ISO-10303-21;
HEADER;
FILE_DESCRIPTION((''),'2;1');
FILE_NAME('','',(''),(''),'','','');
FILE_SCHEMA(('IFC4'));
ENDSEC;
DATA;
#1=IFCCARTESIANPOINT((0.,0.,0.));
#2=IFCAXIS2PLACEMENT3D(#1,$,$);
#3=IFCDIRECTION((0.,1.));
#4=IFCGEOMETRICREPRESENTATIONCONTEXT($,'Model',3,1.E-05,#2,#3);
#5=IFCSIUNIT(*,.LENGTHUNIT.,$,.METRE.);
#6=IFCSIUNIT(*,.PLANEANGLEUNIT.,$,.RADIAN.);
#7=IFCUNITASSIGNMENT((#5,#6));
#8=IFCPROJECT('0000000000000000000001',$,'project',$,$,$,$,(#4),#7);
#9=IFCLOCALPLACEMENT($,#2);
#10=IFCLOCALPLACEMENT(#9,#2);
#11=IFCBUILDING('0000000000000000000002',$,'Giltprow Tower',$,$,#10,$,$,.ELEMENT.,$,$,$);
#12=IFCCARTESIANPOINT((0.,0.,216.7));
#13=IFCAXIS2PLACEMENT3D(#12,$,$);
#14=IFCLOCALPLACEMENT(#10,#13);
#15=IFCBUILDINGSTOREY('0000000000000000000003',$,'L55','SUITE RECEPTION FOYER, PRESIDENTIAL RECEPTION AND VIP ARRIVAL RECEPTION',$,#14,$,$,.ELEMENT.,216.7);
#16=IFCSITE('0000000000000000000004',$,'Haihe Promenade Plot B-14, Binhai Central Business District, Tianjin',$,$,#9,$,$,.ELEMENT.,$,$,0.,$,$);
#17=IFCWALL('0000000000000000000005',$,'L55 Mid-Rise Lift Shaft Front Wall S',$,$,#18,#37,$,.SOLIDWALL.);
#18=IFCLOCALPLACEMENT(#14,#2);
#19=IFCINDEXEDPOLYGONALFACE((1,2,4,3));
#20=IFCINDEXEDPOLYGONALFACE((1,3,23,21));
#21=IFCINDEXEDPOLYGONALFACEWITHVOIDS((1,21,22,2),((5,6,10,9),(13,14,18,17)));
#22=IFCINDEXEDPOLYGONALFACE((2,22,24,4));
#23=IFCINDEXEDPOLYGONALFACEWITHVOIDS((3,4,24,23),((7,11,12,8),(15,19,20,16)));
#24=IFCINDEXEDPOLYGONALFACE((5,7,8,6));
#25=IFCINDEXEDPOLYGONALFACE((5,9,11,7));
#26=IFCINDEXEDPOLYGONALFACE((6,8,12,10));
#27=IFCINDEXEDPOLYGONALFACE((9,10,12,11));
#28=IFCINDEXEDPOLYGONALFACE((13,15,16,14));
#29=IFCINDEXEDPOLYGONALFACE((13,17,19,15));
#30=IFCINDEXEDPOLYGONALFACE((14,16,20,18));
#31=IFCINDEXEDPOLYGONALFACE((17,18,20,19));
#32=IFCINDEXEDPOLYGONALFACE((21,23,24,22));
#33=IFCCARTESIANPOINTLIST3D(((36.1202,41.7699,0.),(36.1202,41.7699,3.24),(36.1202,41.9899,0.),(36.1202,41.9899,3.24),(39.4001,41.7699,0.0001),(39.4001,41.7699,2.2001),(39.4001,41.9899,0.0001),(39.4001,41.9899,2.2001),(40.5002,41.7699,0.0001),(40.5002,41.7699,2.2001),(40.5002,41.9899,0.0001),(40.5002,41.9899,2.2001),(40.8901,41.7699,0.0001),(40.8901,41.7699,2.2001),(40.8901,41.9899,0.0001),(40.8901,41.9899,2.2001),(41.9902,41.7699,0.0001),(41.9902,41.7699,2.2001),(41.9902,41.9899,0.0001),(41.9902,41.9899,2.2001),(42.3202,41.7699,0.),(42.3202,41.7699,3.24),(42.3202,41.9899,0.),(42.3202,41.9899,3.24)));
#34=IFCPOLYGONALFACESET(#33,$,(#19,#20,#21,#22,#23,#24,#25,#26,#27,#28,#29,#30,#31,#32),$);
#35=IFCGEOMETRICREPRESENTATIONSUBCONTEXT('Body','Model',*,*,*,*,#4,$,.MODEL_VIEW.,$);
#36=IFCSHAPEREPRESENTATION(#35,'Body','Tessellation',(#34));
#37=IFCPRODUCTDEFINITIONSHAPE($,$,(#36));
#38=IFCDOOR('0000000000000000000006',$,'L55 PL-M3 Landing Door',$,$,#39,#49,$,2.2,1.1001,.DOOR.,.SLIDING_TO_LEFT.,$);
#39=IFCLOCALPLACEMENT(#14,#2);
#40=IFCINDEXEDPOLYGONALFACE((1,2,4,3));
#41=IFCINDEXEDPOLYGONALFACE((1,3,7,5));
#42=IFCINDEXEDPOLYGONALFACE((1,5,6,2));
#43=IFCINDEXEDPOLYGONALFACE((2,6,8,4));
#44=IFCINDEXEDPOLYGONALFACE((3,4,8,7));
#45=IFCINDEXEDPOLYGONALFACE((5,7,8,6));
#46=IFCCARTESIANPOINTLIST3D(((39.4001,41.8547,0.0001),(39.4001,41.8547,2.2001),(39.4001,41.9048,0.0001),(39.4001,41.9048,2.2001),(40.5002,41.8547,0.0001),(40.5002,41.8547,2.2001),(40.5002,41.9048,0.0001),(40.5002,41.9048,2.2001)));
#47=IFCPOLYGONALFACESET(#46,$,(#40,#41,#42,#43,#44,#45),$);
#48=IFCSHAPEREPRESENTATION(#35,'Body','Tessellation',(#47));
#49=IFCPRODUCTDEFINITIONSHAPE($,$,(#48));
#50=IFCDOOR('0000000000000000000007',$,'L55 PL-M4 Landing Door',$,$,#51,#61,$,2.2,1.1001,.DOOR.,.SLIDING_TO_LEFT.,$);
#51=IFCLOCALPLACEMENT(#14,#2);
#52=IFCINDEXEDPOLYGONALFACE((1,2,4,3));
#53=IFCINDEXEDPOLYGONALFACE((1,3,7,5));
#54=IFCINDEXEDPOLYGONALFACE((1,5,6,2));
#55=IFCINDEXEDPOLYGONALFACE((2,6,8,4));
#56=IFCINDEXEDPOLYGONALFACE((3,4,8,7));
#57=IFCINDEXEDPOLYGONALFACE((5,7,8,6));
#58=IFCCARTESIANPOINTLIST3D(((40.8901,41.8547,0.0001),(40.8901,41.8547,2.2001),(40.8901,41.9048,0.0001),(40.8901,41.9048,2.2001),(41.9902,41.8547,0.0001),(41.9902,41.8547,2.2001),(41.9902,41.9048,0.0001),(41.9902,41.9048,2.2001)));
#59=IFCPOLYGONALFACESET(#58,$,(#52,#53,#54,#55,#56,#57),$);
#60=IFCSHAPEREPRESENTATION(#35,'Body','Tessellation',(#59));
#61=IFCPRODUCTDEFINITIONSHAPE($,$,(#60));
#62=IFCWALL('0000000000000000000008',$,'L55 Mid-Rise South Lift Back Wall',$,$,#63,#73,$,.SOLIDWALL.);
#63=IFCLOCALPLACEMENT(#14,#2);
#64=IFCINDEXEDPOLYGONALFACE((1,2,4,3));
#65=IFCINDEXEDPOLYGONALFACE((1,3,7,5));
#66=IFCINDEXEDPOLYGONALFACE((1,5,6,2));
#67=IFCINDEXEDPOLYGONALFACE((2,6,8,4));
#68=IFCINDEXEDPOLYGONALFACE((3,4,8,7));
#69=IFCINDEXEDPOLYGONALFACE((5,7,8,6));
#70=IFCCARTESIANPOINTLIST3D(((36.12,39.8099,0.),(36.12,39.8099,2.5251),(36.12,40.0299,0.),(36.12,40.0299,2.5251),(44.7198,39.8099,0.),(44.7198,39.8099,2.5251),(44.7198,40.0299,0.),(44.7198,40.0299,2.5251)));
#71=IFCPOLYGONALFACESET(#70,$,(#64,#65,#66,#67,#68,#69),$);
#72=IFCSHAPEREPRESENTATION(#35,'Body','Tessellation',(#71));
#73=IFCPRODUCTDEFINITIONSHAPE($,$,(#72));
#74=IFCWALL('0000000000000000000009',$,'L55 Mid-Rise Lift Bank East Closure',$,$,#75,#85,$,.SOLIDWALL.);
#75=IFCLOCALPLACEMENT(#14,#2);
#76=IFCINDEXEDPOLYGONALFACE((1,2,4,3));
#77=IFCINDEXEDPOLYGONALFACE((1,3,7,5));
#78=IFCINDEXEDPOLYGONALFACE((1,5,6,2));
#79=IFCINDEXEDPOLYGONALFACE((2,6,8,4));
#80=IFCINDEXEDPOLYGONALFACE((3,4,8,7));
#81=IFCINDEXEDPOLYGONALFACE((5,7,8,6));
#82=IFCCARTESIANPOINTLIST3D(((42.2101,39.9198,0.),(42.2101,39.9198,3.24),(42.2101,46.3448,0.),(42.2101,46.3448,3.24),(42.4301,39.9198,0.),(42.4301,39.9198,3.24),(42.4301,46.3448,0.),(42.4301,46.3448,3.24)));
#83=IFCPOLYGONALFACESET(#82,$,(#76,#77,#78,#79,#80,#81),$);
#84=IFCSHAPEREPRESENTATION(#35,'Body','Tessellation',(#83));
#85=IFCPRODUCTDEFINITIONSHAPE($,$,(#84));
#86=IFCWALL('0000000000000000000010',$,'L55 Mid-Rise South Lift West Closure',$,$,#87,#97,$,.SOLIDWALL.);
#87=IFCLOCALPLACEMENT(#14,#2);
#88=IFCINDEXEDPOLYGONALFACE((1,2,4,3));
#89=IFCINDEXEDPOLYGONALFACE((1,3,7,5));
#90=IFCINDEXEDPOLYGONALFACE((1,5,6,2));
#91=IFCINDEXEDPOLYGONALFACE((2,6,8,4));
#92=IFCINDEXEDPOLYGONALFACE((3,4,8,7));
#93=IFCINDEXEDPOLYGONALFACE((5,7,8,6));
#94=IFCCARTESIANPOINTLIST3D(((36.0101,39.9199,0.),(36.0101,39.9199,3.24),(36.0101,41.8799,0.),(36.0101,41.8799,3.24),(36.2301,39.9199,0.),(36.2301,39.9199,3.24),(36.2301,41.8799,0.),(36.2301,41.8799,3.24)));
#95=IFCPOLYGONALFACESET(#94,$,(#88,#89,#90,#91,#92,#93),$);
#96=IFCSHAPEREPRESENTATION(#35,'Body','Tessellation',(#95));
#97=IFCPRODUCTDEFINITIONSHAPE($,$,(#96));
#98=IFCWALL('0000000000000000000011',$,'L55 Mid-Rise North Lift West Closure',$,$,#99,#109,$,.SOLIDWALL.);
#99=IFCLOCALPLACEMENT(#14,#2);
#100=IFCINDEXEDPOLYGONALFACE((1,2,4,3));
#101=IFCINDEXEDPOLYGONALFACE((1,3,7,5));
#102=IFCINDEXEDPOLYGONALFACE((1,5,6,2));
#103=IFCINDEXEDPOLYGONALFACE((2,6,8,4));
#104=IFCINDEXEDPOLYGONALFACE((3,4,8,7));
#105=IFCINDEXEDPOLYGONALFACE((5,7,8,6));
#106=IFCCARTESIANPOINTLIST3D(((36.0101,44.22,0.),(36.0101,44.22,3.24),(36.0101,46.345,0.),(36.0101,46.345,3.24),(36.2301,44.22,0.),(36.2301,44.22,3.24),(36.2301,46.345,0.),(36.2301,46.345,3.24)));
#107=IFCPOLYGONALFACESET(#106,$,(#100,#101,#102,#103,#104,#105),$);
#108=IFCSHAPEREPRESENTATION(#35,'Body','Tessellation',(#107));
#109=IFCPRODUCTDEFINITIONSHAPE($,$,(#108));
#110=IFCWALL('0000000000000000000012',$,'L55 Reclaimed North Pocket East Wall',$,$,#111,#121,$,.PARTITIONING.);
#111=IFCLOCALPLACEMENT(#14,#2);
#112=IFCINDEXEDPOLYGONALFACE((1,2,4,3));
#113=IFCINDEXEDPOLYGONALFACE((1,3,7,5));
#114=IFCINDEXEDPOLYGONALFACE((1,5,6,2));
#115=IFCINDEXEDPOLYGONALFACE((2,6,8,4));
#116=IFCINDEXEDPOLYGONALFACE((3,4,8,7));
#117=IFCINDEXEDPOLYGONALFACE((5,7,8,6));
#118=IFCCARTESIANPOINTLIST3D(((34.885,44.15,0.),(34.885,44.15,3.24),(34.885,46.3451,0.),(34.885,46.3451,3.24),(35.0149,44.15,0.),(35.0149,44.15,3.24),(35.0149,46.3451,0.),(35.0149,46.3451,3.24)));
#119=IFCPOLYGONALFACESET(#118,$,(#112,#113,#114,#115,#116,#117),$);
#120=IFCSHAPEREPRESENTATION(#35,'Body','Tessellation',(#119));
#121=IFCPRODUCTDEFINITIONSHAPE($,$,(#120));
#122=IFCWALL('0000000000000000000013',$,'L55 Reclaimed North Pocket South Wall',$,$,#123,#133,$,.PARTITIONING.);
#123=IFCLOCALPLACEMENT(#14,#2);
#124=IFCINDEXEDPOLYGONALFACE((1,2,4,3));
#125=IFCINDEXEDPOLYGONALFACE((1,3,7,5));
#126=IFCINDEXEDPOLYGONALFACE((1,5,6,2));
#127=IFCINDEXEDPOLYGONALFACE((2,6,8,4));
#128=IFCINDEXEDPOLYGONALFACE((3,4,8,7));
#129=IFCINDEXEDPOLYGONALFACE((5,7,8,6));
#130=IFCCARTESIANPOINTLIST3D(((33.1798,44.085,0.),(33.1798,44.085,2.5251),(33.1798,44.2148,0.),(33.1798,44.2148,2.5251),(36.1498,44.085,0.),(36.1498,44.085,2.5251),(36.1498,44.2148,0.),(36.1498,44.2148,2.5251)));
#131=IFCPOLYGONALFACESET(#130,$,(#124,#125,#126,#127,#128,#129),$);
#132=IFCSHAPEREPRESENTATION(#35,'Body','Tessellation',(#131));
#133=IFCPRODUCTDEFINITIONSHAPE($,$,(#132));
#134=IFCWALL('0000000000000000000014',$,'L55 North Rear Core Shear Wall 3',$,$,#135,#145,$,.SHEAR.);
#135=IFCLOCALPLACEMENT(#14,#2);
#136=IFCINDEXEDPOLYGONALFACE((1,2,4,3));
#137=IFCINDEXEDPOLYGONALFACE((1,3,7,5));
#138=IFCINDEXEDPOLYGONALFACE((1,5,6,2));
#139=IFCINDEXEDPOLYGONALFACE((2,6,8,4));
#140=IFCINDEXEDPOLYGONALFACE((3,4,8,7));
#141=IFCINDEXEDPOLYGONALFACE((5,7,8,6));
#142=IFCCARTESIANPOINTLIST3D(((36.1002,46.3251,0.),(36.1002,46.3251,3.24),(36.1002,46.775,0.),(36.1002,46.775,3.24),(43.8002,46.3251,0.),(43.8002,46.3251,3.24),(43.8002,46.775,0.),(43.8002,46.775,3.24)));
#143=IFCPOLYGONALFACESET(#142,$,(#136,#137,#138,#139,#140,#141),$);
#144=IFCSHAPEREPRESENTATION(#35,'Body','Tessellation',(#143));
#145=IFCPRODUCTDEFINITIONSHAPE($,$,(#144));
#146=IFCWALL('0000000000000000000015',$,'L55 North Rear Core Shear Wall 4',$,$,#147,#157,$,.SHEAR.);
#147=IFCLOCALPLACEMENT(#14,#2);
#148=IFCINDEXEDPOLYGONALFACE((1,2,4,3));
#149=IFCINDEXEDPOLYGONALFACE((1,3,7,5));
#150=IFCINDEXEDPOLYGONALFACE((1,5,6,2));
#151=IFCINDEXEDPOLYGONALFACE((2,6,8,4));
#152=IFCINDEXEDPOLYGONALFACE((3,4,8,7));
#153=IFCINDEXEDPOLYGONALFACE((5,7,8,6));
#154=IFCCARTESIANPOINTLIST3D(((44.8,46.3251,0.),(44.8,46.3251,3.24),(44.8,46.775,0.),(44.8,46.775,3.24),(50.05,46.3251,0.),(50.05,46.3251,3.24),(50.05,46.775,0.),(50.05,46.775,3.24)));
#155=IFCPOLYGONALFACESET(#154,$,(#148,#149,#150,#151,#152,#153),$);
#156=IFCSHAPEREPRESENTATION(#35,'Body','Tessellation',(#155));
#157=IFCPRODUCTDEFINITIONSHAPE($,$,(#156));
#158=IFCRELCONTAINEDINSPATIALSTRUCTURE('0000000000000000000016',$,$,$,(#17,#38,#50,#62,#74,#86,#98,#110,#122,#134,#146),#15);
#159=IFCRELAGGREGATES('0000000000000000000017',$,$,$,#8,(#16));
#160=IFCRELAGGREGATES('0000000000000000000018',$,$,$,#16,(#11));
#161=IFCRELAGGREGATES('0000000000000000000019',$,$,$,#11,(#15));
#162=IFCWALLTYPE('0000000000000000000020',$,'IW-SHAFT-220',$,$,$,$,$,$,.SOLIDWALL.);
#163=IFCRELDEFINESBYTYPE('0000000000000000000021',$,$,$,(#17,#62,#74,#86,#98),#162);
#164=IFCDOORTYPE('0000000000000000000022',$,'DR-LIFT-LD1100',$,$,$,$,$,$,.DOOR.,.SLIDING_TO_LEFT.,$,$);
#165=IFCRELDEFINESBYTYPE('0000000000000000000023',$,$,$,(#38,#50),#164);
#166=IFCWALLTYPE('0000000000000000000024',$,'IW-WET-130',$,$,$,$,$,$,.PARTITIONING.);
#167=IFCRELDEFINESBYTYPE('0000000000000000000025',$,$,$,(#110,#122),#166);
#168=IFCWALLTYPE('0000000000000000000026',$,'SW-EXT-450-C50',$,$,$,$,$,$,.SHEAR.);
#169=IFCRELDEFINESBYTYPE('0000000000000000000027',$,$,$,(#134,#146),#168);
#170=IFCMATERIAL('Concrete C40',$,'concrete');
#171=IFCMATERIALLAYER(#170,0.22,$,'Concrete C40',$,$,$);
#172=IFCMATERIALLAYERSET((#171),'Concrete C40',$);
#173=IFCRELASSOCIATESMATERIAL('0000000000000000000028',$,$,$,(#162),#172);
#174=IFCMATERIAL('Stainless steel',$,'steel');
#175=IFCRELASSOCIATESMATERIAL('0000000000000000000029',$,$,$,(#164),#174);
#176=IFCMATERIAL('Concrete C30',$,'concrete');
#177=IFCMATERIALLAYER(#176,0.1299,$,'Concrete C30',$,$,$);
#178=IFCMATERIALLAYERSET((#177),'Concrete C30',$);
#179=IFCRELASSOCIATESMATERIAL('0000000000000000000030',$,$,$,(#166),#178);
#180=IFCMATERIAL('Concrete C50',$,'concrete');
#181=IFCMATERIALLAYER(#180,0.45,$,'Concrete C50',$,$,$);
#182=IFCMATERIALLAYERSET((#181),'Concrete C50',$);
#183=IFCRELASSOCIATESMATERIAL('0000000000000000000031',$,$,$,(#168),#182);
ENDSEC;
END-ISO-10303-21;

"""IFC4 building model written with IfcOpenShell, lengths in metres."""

from ifc_helpers import new_model, si_unit, direction, frame, frame_2d, origin, place, context, subcontext, project, spatial, rectangle, extrude, source, transform, mapped, material, layer, layer_set, type_object, element, fill, save


model = new_model("IFC4")

# Units and contexts
model_context = context("Model", 3, precision=1e-05, world=origin(), true_north=direction((0.0, 1.0)))
body_context = subcontext(model_context, "Body", "Model", "MODEL_VIEW")
ifc_project = project(units=[si_unit("LENGTHUNIT", "METRE"), si_unit("PLANEANGLEUNIT", "RADIAN")], contexts=[model_context])

# Site, building, storey
site_placement = place(None, origin())
site = spatial("IfcSite", under=ifc_project, at=site_placement, Name="Haihe Promenade Plot B-14, Binhai Central Business District, Tianjin", CompositionType="ELEMENT", RefElevation=0.0)
building_placement = place(site_placement, origin())
building = spatial("IfcBuilding", under=site, at=building_placement, Name="Giltprow Tower", CompositionType="ELEMENT")
storey_placement = place(building_placement, frame((0.0, 0.0, 216.7)))
storey = spatial("IfcBuildingStorey", under=building, at=storey_placement, Name="L55", Description="SUITE RECEPTION FOYER, PRESIDENTIAL RECEPTION AND VIP ARRIVAL RECEPTION", CompositionType="ELEMENT", Elevation=216.7)

# Shared definitions
ifc_material_1 = material(Name="Concrete C50", Category="concrete")

# Shared definitions
ifc_material_2 = material(Name="Concrete C40", Category="concrete")
ifc_layer_1 = layer(ifc_material_2, 0.22, Name="Concrete C40")
ifc_layer_set_1 = layer_set([ifc_layer_1], Name="Concrete C40")
wall_type_1 = type_object("IfcWallType", Name="IW-SHAFT-220", PredefinedType="SOLIDWALL", material=ifc_layer_set_1)
ifc_material_3 = material(Name="Stainless steel", Category="steel")
door_type = type_object("IfcDoorType", Name="DR-LIFT-LD1100", OperationType="SLIDING_TO_LEFT", PredefinedType="DOOR", material=ifc_material_3)
shared_shape_1 = source(origin(), body_context, "Body", "SweptSolid", [
    extrude(rectangle(XDim=1.1001, YDim=2.2, at=frame_2d((0.55, 1.1001))), frame((0.0, 0.0249, 0.0), z_axis=(0.0, -1.0, 0.0), x_axis=(1.0, 0.0, 0.0)), (0.0, 0.0, 1.0), 0.05),
])

# Wall, openings, doors
wall_1_placement = place(storey_placement, frame((36.1201, 41.8799, 0.0), z_axis=(0.0, 0.0, 1.0), x_axis=(1.0, 0.0, 0.0)))
wall_1 = element("IfcWall", 1, at=wall_1_placement, inside=storey, type_object=wall_type_1, Name="L55 Mid-Rise Lift Shaft Front Wall S", PredefinedType="SOLIDWALL", context=body_context, shape_type="SweptSolid", body=[
    extrude(rectangle(XDim=6.2, YDim=0.22, at=frame_2d((3.1001, 0.0))), origin(), (0.0, 0.0, 1.0), 3.24),
])
opening_1_placement = place(wall_1_placement, frame((3.28, 0.0, 0.0)))
opening_1 = element("IfcOpeningElement", 2, at=opening_1_placement, cuts=wall_1, PredefinedType="OPENING", context=body_context, shape_type="SweptSolid", body=[
    extrude(rectangle(XDim=1.1001, YDim=2.2, at=frame_2d((0.55, 1.1001))), frame((0.0, 0.1199, 0.0), z_axis=(0.0, -1.0, 0.0), x_axis=(1.0, 0.0, 0.0)), (0.0, 0.0, 1.0), 0.24),
])
opening_2_placement = place(wall_1_placement, frame((4.77, 0.0, 0.0)))
opening_2 = element("IfcOpeningElement", 3, at=opening_2_placement, cuts=wall_1, PredefinedType="OPENING", context=body_context, shape_type="SweptSolid", body=[
    extrude(rectangle(XDim=1.1001, YDim=2.2, at=frame_2d((0.55, 1.1001))), frame((0.0, 0.1199, 0.0), z_axis=(0.0, -1.0, 0.0), x_axis=(1.0, 0.0, 0.0)), (0.0, 0.0, 1.0), 0.24),
])
door_1_placement = place(opening_1_placement, origin())
door_1 = element("IfcDoor", 4, at=door_1_placement, inside=storey, type_object=door_type, Name="L55 PL-M3 Landing Door", OperationType="SLIDING_TO_LEFT", OverallHeight=2.2, OverallWidth=1.1001, PredefinedType="DOOR", context=body_context, shape_type="MappedRepresentation", body=[
    mapped(shared_shape_1, transform((0.0, 0.0, 0.0), x_axis=(1.0, 0.0, 0.0), y_axis=(0.0, 1.0, 0.0), z_axis=(0.0, 0.0, 1.0), scale=1.0)),
])
fill(opening_1, door_1)
door_2_placement = place(opening_2_placement, origin())
door_2 = element("IfcDoor", 5, at=door_2_placement, inside=storey, type_object=door_type, Name="L55 PL-M4 Landing Door", OperationType="SLIDING_TO_LEFT", OverallHeight=2.2, OverallWidth=1.1001, PredefinedType="DOOR", context=body_context, shape_type="MappedRepresentation", body=[
    mapped(shared_shape_1, transform((0.0, 0.0, 0.0), x_axis=(1.0, 0.0, 0.0), y_axis=(0.0, 1.0, 0.0), z_axis=(0.0, 0.0, 1.0), scale=1.0)),
])
fill(opening_2, door_2)

# Walls
wall_2_placement = place(storey_placement, frame((36.1201, 39.9199, 0.0), z_axis=(0.0, 0.0, 1.0), x_axis=(1.0, 0.0, 0.0)))
element("IfcWall", 6, at=wall_2_placement, inside=storey, type_object=wall_type_1, Name="L55 Mid-Rise South Lift Back Wall", PredefinedType="SOLIDWALL", context=body_context, shape_type="SweptSolid", body=[
    extrude(rectangle(XDim=8.5999, YDim=0.22, at=frame_2d((4.2998, 0.0))), origin(), (0.0, 0.0, 1.0), 2.5251),
])
wall_3_placement = place(storey_placement, frame((42.3201, 39.9199, 0.0), z_axis=(0.0, 0.0, 1.0), x_axis=(0.0, 1.0, 0.0)))
element("IfcWall", 7, at=wall_3_placement, inside=storey, type_object=wall_type_1, Name="L55 Mid-Rise Lift Bank East Closure", PredefinedType="SOLIDWALL", context=body_context, shape_type="SweptSolid", body=[
    extrude(rectangle(XDim=6.425, YDim=0.22, at=frame_2d((3.2124, 0.0))), origin(), (0.0, 0.0, 1.0), 3.24),
])
wall_4_placement = place(storey_placement, frame((36.1201, 39.9199, 0.0), z_axis=(0.0, 0.0, 1.0), x_axis=(0.0, 1.0, 0.0)))
element("IfcWall", 8, at=wall_4_placement, inside=storey, type_object=wall_type_1, Name="L55 Mid-Rise South Lift West Closure", PredefinedType="SOLIDWALL", context=body_context, shape_type="SweptSolid", body=[
    extrude(rectangle(XDim=1.96, YDim=0.22, at=frame_2d((0.98, 0.0))), origin(), (0.0, 0.0, 1.0), 3.24),
])
wall_5_placement = place(storey_placement, frame((36.1201, 44.22, 0.0), z_axis=(0.0, 0.0, 1.0), x_axis=(0.0, 1.0, 0.0)))
element("IfcWall", 9, at=wall_5_placement, inside=storey, type_object=wall_type_1, Name="L55 Mid-Rise North Lift West Closure", PredefinedType="SOLIDWALL", context=body_context, shape_type="SweptSolid", body=[
    extrude(rectangle(XDim=2.125, YDim=0.22, at=frame_2d((1.0625, 0.0))), origin(), (0.0, 0.0, 1.0), 3.24),
])
ifc_material_4 = material(Name="Concrete C30", Category="concrete")
ifc_layer_2 = layer(ifc_material_4, 0.1299, Name="Concrete C30")
ifc_layer_set_2 = layer_set([ifc_layer_2], Name="Concrete C30")
wall_type_2 = type_object("IfcWallType", Name="IW-WET-130", PredefinedType="PARTITIONING", material=ifc_layer_set_2)
wall_6_placement = place(storey_placement, frame((34.95, 44.1499, 0.0), z_axis=(0.0, 0.0, 1.0), x_axis=(0.0, 1.0, 0.0)))
element("IfcWall", 10, at=wall_6_placement, inside=storey, type_object=wall_type_2, Name="L55 Reclaimed North Pocket East Wall", PredefinedType="PARTITIONING", context=body_context, shape_type="SweptSolid", body=[
    extrude(rectangle(XDim=2.1951, YDim=0.1299, at=frame_2d((1.0977, 0.0))), origin(), (0.0, 0.0, 1.0), 3.24),
])
wall_7_placement = place(storey_placement, frame((33.1799, 44.1499, 0.0), z_axis=(0.0, 0.0, 1.0), x_axis=(1.0, 0.0, 0.0)))
element("IfcWall", 11, at=wall_7_placement, inside=storey, type_object=wall_type_2, Name="L55 Reclaimed North Pocket South Wall", PredefinedType="PARTITIONING", context=body_context, shape_type="SweptSolid", body=[
    extrude(rectangle(XDim=2.97, YDim=0.1299, at=frame_2d((1.4849, 0.0))), origin(), (0.0, 0.0, 1.0), 2.5251),
])
ifc_layer_3 = layer(ifc_material_1, 0.45, Name="Concrete C50")
ifc_layer_set_3 = layer_set([ifc_layer_3], Name="Concrete C50")
wall_type_3 = type_object("IfcWallType", Name="SW-EXT-450-C50", PredefinedType="SHEAR", material=ifc_layer_set_3)
wall_8_placement = place(storey_placement, frame((36.1001, 46.55, 0.0), z_axis=(0.0, 0.0, 1.0), x_axis=(1.0, 0.0, 0.0)))
element("IfcWall", 12, at=wall_8_placement, inside=storey, type_object=wall_type_3, Name="L55 North Rear Core Shear Wall 3", PredefinedType="SHEAR", context=body_context, shape_type="SweptSolid", body=[
    extrude(rectangle(XDim=7.7, YDim=0.45, at=frame_2d((3.8501, 0.0))), origin(), (0.0, 0.0, 1.0), 3.24),
])
wall_9_placement = place(storey_placement, frame((44.8, 46.55, 0.0), z_axis=(0.0, 0.0, 1.0), x_axis=(1.0, 0.0, 0.0)))
element("IfcWall", 13, at=wall_9_placement, inside=storey, type_object=wall_type_3, Name="L55 North Rear Core Shear Wall 4", PredefinedType="SHEAR", context=body_context, shape_type="SweptSolid", body=[
    extrude(rectangle(XDim=5.25, YDim=0.45, at=frame_2d((2.625, 0.0))), origin(), (0.0, 0.0, 1.0), 3.24),
])

save(model, "model.ifc")
